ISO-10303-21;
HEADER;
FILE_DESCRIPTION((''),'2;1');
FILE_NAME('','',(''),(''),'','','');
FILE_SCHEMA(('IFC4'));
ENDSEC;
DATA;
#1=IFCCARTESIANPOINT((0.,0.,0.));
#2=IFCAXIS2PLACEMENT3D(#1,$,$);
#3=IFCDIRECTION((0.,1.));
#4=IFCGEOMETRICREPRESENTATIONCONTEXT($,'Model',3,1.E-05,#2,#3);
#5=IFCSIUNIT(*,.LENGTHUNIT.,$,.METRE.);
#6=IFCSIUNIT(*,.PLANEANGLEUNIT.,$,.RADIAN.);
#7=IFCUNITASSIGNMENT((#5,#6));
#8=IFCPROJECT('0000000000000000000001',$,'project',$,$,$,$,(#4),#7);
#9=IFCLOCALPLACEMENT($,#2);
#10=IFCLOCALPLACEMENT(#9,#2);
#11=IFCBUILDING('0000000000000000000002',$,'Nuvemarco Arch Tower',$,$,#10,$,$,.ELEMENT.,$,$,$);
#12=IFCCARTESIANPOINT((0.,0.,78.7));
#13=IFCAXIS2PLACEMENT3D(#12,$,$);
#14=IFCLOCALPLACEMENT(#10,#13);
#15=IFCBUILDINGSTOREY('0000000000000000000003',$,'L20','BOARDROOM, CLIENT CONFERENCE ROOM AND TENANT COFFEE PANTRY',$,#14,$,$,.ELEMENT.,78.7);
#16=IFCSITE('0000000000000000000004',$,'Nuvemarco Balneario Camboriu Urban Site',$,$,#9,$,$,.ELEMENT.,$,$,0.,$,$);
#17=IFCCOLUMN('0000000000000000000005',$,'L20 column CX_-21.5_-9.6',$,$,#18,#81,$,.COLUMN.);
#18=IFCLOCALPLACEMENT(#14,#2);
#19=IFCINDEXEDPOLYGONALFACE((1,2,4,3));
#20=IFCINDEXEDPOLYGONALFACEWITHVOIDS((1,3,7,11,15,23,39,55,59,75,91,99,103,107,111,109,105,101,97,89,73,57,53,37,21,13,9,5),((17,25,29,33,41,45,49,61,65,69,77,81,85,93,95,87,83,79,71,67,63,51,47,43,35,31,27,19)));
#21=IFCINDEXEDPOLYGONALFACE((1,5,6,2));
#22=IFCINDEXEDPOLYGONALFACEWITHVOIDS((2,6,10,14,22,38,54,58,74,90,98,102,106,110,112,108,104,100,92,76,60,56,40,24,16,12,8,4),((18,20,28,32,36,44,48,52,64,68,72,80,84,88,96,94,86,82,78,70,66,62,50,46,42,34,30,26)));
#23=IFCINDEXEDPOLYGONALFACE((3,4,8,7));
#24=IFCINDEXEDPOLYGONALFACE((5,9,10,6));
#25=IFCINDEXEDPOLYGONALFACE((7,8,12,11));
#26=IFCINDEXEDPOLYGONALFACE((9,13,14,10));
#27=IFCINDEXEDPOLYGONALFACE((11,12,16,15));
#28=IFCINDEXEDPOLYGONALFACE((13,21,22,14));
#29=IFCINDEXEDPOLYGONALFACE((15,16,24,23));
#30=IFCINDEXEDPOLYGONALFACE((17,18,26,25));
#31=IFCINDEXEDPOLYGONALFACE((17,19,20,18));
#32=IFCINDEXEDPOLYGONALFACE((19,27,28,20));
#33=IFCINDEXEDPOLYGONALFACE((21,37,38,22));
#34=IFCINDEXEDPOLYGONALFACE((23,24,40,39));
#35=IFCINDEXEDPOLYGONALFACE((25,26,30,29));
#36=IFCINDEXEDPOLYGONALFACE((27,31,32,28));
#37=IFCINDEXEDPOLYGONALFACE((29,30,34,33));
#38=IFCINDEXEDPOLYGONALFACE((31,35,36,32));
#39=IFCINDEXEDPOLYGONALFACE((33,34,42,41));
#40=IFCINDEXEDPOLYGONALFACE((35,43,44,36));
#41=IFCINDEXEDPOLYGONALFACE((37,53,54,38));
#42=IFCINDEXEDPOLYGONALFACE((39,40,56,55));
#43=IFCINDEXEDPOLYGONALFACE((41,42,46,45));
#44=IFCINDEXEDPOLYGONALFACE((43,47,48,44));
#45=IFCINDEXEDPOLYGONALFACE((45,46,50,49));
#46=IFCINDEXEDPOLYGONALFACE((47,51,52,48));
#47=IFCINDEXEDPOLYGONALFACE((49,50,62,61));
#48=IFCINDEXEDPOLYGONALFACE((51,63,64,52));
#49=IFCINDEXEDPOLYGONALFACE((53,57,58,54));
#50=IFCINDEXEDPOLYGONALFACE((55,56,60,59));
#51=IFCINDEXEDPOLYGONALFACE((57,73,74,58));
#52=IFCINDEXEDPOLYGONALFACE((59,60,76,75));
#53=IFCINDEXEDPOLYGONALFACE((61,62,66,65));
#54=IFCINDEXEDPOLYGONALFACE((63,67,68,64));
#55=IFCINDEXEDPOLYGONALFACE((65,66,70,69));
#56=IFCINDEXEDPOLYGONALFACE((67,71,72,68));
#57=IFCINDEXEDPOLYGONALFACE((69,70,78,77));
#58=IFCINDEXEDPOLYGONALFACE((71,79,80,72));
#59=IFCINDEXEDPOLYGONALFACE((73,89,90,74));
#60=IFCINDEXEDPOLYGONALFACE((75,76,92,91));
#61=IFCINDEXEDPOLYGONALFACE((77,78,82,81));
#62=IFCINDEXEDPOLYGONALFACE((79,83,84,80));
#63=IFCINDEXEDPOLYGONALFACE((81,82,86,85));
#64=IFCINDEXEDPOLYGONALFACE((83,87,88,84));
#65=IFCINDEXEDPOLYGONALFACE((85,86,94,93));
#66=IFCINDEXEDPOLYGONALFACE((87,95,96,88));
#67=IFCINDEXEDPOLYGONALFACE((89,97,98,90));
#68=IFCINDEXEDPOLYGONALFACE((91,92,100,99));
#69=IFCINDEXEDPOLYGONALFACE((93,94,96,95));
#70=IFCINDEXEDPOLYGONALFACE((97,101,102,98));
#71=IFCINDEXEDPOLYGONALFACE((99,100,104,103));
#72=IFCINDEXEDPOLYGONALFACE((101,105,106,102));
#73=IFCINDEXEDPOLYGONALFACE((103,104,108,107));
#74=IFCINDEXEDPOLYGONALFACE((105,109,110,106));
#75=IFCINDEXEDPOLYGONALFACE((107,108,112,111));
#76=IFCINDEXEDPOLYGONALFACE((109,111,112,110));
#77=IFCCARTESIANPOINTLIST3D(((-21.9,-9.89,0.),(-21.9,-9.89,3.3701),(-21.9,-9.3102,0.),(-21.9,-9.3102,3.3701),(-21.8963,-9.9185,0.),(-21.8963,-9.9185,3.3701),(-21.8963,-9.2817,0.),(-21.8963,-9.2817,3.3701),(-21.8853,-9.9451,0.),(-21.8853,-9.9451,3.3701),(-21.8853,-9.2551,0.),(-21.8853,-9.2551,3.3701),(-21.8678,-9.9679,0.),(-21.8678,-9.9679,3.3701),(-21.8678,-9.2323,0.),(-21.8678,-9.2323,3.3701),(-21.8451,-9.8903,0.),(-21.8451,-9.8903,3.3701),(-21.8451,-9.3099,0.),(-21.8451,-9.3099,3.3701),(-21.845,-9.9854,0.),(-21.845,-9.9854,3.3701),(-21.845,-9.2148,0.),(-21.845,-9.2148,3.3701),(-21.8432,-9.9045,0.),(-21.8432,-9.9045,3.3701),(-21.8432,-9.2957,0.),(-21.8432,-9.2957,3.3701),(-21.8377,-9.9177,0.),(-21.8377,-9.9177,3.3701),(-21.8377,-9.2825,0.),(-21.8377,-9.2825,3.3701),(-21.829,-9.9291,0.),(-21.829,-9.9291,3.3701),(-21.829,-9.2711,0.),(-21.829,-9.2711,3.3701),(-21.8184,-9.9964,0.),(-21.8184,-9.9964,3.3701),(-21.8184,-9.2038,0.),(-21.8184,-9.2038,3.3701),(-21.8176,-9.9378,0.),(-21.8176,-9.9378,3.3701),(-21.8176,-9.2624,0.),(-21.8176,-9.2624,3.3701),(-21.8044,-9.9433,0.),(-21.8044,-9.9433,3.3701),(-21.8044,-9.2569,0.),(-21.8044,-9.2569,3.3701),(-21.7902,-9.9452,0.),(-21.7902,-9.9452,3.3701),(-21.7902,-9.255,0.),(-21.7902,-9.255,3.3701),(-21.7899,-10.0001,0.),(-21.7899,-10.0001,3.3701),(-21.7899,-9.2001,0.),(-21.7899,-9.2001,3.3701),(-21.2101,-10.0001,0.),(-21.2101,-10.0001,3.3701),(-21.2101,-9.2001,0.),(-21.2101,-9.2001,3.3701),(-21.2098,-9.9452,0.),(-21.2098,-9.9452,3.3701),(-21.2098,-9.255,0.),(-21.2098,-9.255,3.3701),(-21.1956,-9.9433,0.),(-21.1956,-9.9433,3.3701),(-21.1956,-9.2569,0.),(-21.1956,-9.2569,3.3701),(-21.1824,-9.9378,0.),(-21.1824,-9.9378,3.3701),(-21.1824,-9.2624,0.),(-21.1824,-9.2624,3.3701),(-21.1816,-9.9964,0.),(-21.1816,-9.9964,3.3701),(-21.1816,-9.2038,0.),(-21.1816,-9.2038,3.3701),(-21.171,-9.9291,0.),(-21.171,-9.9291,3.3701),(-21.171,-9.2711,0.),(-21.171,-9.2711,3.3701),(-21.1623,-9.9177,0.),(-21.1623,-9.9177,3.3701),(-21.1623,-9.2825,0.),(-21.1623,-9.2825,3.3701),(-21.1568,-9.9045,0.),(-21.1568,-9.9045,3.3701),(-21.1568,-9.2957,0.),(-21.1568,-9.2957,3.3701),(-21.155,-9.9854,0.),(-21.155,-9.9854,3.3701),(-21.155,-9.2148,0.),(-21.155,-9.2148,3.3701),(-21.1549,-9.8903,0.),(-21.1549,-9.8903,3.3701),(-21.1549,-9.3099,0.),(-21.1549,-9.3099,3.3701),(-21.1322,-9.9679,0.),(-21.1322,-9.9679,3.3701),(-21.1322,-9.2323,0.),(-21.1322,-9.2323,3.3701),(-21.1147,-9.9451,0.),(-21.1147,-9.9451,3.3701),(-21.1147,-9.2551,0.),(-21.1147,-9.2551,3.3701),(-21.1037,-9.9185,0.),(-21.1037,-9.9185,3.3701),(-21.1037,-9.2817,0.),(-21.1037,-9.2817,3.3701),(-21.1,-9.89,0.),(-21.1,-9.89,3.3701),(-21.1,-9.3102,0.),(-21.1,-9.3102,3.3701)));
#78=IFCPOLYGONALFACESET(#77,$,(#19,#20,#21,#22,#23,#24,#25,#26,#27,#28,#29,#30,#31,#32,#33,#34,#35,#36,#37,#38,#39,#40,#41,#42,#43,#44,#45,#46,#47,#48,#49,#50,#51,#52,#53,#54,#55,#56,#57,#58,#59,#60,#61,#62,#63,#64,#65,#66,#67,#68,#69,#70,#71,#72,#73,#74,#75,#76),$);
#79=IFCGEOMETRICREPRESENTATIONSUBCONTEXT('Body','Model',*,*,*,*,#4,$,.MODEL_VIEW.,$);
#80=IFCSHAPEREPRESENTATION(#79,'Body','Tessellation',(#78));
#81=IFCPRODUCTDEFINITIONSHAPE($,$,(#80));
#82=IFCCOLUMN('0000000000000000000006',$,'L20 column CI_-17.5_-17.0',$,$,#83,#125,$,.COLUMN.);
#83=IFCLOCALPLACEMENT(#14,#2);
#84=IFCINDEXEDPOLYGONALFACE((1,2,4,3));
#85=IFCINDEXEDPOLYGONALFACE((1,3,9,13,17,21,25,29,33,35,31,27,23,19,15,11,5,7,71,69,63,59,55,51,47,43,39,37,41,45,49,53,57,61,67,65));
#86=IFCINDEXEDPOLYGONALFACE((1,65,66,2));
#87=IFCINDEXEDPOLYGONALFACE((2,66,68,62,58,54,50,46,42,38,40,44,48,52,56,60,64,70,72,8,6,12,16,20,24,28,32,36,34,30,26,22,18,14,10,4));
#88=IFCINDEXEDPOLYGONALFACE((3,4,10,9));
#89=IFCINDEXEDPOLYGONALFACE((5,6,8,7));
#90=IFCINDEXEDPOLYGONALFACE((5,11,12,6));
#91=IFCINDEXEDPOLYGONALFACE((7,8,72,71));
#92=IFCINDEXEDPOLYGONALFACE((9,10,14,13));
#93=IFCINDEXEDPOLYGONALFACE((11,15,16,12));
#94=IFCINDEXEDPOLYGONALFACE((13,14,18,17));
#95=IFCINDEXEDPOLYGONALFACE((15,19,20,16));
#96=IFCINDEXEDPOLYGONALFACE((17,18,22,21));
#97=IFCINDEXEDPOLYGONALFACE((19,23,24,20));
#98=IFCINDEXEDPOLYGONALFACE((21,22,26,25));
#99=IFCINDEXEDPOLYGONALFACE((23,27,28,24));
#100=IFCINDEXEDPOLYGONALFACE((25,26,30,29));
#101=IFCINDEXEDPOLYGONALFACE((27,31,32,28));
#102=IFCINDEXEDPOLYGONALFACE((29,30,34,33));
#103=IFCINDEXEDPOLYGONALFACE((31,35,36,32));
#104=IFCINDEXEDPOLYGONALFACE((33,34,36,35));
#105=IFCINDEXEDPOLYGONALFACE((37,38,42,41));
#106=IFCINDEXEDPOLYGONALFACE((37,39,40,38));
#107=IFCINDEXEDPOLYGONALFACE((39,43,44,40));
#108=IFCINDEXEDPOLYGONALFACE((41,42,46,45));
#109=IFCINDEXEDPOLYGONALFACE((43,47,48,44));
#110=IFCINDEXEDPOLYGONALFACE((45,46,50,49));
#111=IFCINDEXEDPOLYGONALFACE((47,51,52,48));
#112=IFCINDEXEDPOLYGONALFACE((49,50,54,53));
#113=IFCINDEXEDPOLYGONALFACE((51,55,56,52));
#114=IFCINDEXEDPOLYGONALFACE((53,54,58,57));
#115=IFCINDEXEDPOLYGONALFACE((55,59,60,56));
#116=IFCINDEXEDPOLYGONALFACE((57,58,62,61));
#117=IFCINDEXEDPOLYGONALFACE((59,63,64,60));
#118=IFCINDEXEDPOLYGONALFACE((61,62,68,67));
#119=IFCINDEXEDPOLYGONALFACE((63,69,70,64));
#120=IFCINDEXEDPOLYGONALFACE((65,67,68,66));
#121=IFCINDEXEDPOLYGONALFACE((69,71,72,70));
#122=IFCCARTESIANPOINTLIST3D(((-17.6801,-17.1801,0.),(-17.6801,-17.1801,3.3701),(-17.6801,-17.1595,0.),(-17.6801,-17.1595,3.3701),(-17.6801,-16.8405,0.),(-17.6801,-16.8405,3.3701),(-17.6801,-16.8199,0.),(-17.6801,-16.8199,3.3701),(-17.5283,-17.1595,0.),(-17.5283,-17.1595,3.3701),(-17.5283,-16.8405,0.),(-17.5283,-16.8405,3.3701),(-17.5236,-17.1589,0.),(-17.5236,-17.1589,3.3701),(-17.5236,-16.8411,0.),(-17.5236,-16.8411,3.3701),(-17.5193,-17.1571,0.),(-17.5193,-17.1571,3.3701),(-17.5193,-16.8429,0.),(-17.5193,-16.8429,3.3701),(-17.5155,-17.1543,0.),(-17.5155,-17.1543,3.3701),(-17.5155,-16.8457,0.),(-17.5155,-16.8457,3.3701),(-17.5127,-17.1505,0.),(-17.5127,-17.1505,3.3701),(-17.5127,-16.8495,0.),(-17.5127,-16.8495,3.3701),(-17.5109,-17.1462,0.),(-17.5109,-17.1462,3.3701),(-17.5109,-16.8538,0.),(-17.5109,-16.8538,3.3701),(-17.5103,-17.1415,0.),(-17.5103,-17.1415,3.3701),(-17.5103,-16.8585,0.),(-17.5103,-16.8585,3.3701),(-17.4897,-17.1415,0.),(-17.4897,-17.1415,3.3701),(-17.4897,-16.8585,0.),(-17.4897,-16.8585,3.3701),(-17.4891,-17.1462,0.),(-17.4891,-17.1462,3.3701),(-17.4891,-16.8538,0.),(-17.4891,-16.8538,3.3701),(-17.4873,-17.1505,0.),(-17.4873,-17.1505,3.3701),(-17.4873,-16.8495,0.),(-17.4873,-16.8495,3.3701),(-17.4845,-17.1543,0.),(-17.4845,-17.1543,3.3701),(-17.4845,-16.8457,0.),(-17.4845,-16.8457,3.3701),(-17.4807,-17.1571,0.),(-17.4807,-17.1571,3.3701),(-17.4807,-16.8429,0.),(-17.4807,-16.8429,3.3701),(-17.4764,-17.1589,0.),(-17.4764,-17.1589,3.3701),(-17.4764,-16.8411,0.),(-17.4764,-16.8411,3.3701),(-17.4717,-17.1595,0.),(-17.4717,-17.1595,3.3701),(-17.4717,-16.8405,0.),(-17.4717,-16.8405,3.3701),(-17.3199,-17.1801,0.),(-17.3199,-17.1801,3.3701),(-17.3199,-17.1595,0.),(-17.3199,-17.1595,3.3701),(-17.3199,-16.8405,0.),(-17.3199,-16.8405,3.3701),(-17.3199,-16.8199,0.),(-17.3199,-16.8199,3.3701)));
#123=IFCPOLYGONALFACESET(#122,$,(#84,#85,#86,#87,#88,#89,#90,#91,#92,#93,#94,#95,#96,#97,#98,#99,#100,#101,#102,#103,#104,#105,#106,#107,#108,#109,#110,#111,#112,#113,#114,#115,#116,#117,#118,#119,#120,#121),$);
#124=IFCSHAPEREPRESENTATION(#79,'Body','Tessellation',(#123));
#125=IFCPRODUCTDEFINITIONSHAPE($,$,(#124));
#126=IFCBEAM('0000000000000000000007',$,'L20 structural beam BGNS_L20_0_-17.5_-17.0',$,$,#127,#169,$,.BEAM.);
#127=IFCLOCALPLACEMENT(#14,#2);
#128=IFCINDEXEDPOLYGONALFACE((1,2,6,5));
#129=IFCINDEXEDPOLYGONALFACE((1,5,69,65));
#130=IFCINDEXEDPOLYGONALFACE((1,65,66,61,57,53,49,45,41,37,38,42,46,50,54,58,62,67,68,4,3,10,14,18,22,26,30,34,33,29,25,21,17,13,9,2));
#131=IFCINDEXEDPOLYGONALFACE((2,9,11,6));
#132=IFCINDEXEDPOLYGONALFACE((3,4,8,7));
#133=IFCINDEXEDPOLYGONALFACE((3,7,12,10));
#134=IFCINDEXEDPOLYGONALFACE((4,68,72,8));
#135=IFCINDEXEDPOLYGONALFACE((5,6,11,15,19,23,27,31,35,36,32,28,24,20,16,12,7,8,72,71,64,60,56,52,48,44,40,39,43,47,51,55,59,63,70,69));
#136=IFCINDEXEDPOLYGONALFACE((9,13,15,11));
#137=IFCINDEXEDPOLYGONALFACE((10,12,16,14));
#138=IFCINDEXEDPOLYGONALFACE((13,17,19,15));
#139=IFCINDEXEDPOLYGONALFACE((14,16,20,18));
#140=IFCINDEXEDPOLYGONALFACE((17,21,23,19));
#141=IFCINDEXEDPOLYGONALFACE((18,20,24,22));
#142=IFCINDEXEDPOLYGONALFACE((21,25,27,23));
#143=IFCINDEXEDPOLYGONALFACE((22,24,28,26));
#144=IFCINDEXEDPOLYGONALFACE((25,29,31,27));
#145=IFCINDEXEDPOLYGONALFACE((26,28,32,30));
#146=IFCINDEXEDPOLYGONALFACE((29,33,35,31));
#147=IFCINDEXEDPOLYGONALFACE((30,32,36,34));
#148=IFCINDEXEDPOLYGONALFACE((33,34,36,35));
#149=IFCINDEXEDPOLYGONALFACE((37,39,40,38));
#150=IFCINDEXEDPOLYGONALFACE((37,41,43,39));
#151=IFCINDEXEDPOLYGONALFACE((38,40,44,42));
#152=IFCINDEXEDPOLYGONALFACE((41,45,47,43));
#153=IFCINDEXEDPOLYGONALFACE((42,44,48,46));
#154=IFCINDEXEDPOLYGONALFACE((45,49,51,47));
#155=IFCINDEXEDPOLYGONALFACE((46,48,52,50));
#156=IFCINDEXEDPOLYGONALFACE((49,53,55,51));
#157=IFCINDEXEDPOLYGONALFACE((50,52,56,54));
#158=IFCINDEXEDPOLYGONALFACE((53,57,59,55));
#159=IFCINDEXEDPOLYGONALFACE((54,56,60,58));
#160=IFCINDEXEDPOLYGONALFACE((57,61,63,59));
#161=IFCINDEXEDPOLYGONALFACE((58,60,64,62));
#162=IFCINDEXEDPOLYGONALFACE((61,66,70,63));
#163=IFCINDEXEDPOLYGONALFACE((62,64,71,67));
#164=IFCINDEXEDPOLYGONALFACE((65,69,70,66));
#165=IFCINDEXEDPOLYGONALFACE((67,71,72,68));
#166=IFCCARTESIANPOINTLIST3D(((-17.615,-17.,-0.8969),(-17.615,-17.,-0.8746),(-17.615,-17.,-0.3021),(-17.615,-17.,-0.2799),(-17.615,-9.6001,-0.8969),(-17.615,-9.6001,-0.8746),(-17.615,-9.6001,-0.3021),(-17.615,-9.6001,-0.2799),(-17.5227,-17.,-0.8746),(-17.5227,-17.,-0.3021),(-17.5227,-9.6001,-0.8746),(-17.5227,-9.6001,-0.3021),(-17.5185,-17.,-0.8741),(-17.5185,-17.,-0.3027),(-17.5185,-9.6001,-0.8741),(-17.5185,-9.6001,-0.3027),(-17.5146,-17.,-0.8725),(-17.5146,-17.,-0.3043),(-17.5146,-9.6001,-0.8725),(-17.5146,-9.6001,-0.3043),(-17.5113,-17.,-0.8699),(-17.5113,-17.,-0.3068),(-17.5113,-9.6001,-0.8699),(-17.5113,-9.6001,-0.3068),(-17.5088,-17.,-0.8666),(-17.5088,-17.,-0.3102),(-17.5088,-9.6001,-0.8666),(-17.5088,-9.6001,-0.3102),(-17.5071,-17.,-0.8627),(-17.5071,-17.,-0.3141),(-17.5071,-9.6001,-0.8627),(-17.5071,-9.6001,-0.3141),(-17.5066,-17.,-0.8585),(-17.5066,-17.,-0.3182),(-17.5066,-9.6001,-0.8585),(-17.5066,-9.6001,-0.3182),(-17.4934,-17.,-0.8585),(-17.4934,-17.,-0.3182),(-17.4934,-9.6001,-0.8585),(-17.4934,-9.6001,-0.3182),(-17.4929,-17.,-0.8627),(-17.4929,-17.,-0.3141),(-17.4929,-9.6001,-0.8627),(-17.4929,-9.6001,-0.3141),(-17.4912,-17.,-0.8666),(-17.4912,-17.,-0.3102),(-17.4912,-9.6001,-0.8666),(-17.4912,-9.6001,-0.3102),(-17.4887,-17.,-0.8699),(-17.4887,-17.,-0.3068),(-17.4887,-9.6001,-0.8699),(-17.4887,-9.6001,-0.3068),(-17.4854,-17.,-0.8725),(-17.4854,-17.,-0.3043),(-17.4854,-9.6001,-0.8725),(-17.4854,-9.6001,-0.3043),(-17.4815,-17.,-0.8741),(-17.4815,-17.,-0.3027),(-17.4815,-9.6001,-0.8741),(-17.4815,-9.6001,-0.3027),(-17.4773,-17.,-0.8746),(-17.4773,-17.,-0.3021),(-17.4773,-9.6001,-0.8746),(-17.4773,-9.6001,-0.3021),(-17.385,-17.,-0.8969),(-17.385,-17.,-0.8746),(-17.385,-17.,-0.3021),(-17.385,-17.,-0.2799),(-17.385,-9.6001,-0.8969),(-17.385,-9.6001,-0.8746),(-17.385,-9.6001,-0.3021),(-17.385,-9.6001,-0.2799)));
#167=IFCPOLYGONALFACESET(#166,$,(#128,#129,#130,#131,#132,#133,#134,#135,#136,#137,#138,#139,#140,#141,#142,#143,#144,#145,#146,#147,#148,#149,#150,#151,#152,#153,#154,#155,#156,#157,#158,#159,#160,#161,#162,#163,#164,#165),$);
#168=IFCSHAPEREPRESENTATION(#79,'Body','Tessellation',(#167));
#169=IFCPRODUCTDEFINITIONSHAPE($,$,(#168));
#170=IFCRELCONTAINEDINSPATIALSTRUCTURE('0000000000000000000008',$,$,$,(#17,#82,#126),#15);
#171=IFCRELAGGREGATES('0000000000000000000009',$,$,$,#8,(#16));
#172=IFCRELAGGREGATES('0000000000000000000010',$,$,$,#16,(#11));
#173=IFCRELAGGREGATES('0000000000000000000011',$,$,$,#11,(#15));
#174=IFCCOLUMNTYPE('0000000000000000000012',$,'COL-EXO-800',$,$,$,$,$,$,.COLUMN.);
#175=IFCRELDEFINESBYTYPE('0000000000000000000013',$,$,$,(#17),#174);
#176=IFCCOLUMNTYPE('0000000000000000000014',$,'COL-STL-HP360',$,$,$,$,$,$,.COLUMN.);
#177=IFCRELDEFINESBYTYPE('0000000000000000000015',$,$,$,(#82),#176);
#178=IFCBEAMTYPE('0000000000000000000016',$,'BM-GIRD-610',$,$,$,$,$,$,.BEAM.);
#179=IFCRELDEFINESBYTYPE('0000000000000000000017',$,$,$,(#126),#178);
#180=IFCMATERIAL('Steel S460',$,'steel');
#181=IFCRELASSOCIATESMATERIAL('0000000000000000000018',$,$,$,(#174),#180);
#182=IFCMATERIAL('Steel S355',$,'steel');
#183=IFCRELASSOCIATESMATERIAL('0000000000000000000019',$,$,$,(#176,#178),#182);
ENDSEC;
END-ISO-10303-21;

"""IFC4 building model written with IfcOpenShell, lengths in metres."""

from ifc_helpers import new_model, si_unit, direction, frame, origin, origin_2d, place, context, subcontext, project, spatial, hollow_rectangle, i_section, extrude, material, material_profile, profile_set, type_object, element, save


model = new_model("IFC4")

# Units and contexts
model_context = context("Model", 3, precision=1e-05, world=origin(), true_north=direction((0.0, 1.0)))
body_context = subcontext(model_context, "Body", "Model", "MODEL_VIEW")
ifc_project = project(units=[si_unit("LENGTHUNIT", "METRE"), si_unit("PLANEANGLEUNIT", "RADIAN")], contexts=[model_context])

# Site, building, storey
site_placement = place(None, origin())
site = spatial("IfcSite", under=ifc_project, at=site_placement, Name="Nuvemarco Balneario Camboriu Urban Site", CompositionType="ELEMENT", RefElevation=0.0)
building_placement = place(site_placement, origin())
building = spatial("IfcBuilding", under=site, at=building_placement, Name="Nuvemarco Arch Tower", CompositionType="ELEMENT")
storey_placement = place(building_placement, frame((0.0, 0.0, 78.7)))
storey = spatial("IfcBuildingStorey", under=building, at=storey_placement, Name="L20", Description="BOARDROOM, CLIENT CONFERENCE ROOM AND TENANT COFFEE PANTRY", CompositionType="ELEMENT", Elevation=78.7)

# Columns
ifc_material_1 = material(Name="Steel S460", Category="steel")
ifc_material_profile_1 = material_profile(ifc_material_1, hollow_rectangle(XDim=0.8, YDim=0.8, WallThickness=0.0549, InnerFilletRadius=0.0549, OuterFilletRadius=0.1101, at=origin_2d()), Name="SHS800x800x55")
ifc_profile_set_1 = profile_set([ifc_material_profile_1], Name="Steel S460")
column_type_1 = type_object("IfcColumnType", Name="COL-EXO-800", PredefinedType="COLUMN", material=ifc_profile_set_1)
column_1_placement = place(storey_placement, frame((-21.5, -9.6001, 0.0), z_axis=(0.0, 0.0, 1.0), x_axis=(1.0, 0.0, 0.0)))
element("IfcColumn", 1, at=column_1_placement, inside=storey, type_object=column_type_1, Name="L20 column CX_-21.5_-9.6", PredefinedType="COLUMN", context=body_context, shape_type="SweptSolid", body=[
    extrude(hollow_rectangle(XDim=0.8, YDim=0.8, WallThickness=0.0549, InnerFilletRadius=0.0549, OuterFilletRadius=0.1101, at=origin_2d()), origin(), (0.0, 0.0, 1.0), 3.3701),
])
ifc_material_2 = material(Name="Steel S355", Category="steel")
ifc_material_profile_2 = material_profile(ifc_material_2, i_section(OverallWidth=0.3601, OverallDepth=0.3601, WebThickness=0.0205, FlangeThickness=0.0205, FilletRadius=0.0181, at=origin_2d()), Name="HP360x174")
ifc_profile_set_2 = profile_set([ifc_material_profile_2], Name="Steel S355")
column_type_2 = type_object("IfcColumnType", Name="COL-STL-HP360", PredefinedType="COLUMN", material=ifc_profile_set_2)
column_2_placement = place(storey_placement, frame((-17.5, -17.0, 0.0), z_axis=(0.0, 0.0, 1.0), x_axis=(1.0, 0.0, 0.0)))
element("IfcColumn", 2, at=column_2_placement, inside=storey, type_object=column_type_2, Name="L20 column CI_-17.5_-17.0", PredefinedType="COLUMN", context=body_context, shape_type="SweptSolid", body=[
    extrude(i_section(OverallWidth=0.3601, OverallDepth=0.3601, WebThickness=0.0205, FlangeThickness=0.0205, FilletRadius=0.0181, at=origin_2d()), origin(), (0.0, 0.0, 1.0), 3.3701),
])

# Beam
ifc_material_profile_3 = material_profile(ifc_material_2, i_section(OverallWidth=0.23, OverallDepth=0.6169, WebThickness=0.0132, FlangeThickness=0.0222, FilletRadius=0.0161, at=origin_2d()), Name="W610x140")
ifc_profile_set_3 = profile_set([ifc_material_profile_3], Name="Steel S355")
beam_type_1 = type_object("IfcBeamType", Name="BM-GIRD-610", PredefinedType="BEAM", material=ifc_profile_set_3)
beam_1_placement = place(storey_placement, frame((-17.5, -17.0, -0.5884), z_axis=(0.0, 1.0, 0.0), x_axis=(-1.0, 0.0, 0.0)))
element("IfcBeam", 3, at=beam_1_placement, inside=storey, type_object=beam_type_1, Name="L20 structural beam BGNS_L20_0_-17.5_-17.0", PredefinedType="BEAM", context=body_context, shape_type="SweptSolid", body=[
    extrude(i_section(OverallWidth=0.23, OverallDepth=0.6169, WebThickness=0.0132, FlangeThickness=0.0222, FilletRadius=0.0161, at=origin_2d()), origin(), (0.0, 0.0, 1.0), 7.3999),
])

save(model, "model.ifc")
